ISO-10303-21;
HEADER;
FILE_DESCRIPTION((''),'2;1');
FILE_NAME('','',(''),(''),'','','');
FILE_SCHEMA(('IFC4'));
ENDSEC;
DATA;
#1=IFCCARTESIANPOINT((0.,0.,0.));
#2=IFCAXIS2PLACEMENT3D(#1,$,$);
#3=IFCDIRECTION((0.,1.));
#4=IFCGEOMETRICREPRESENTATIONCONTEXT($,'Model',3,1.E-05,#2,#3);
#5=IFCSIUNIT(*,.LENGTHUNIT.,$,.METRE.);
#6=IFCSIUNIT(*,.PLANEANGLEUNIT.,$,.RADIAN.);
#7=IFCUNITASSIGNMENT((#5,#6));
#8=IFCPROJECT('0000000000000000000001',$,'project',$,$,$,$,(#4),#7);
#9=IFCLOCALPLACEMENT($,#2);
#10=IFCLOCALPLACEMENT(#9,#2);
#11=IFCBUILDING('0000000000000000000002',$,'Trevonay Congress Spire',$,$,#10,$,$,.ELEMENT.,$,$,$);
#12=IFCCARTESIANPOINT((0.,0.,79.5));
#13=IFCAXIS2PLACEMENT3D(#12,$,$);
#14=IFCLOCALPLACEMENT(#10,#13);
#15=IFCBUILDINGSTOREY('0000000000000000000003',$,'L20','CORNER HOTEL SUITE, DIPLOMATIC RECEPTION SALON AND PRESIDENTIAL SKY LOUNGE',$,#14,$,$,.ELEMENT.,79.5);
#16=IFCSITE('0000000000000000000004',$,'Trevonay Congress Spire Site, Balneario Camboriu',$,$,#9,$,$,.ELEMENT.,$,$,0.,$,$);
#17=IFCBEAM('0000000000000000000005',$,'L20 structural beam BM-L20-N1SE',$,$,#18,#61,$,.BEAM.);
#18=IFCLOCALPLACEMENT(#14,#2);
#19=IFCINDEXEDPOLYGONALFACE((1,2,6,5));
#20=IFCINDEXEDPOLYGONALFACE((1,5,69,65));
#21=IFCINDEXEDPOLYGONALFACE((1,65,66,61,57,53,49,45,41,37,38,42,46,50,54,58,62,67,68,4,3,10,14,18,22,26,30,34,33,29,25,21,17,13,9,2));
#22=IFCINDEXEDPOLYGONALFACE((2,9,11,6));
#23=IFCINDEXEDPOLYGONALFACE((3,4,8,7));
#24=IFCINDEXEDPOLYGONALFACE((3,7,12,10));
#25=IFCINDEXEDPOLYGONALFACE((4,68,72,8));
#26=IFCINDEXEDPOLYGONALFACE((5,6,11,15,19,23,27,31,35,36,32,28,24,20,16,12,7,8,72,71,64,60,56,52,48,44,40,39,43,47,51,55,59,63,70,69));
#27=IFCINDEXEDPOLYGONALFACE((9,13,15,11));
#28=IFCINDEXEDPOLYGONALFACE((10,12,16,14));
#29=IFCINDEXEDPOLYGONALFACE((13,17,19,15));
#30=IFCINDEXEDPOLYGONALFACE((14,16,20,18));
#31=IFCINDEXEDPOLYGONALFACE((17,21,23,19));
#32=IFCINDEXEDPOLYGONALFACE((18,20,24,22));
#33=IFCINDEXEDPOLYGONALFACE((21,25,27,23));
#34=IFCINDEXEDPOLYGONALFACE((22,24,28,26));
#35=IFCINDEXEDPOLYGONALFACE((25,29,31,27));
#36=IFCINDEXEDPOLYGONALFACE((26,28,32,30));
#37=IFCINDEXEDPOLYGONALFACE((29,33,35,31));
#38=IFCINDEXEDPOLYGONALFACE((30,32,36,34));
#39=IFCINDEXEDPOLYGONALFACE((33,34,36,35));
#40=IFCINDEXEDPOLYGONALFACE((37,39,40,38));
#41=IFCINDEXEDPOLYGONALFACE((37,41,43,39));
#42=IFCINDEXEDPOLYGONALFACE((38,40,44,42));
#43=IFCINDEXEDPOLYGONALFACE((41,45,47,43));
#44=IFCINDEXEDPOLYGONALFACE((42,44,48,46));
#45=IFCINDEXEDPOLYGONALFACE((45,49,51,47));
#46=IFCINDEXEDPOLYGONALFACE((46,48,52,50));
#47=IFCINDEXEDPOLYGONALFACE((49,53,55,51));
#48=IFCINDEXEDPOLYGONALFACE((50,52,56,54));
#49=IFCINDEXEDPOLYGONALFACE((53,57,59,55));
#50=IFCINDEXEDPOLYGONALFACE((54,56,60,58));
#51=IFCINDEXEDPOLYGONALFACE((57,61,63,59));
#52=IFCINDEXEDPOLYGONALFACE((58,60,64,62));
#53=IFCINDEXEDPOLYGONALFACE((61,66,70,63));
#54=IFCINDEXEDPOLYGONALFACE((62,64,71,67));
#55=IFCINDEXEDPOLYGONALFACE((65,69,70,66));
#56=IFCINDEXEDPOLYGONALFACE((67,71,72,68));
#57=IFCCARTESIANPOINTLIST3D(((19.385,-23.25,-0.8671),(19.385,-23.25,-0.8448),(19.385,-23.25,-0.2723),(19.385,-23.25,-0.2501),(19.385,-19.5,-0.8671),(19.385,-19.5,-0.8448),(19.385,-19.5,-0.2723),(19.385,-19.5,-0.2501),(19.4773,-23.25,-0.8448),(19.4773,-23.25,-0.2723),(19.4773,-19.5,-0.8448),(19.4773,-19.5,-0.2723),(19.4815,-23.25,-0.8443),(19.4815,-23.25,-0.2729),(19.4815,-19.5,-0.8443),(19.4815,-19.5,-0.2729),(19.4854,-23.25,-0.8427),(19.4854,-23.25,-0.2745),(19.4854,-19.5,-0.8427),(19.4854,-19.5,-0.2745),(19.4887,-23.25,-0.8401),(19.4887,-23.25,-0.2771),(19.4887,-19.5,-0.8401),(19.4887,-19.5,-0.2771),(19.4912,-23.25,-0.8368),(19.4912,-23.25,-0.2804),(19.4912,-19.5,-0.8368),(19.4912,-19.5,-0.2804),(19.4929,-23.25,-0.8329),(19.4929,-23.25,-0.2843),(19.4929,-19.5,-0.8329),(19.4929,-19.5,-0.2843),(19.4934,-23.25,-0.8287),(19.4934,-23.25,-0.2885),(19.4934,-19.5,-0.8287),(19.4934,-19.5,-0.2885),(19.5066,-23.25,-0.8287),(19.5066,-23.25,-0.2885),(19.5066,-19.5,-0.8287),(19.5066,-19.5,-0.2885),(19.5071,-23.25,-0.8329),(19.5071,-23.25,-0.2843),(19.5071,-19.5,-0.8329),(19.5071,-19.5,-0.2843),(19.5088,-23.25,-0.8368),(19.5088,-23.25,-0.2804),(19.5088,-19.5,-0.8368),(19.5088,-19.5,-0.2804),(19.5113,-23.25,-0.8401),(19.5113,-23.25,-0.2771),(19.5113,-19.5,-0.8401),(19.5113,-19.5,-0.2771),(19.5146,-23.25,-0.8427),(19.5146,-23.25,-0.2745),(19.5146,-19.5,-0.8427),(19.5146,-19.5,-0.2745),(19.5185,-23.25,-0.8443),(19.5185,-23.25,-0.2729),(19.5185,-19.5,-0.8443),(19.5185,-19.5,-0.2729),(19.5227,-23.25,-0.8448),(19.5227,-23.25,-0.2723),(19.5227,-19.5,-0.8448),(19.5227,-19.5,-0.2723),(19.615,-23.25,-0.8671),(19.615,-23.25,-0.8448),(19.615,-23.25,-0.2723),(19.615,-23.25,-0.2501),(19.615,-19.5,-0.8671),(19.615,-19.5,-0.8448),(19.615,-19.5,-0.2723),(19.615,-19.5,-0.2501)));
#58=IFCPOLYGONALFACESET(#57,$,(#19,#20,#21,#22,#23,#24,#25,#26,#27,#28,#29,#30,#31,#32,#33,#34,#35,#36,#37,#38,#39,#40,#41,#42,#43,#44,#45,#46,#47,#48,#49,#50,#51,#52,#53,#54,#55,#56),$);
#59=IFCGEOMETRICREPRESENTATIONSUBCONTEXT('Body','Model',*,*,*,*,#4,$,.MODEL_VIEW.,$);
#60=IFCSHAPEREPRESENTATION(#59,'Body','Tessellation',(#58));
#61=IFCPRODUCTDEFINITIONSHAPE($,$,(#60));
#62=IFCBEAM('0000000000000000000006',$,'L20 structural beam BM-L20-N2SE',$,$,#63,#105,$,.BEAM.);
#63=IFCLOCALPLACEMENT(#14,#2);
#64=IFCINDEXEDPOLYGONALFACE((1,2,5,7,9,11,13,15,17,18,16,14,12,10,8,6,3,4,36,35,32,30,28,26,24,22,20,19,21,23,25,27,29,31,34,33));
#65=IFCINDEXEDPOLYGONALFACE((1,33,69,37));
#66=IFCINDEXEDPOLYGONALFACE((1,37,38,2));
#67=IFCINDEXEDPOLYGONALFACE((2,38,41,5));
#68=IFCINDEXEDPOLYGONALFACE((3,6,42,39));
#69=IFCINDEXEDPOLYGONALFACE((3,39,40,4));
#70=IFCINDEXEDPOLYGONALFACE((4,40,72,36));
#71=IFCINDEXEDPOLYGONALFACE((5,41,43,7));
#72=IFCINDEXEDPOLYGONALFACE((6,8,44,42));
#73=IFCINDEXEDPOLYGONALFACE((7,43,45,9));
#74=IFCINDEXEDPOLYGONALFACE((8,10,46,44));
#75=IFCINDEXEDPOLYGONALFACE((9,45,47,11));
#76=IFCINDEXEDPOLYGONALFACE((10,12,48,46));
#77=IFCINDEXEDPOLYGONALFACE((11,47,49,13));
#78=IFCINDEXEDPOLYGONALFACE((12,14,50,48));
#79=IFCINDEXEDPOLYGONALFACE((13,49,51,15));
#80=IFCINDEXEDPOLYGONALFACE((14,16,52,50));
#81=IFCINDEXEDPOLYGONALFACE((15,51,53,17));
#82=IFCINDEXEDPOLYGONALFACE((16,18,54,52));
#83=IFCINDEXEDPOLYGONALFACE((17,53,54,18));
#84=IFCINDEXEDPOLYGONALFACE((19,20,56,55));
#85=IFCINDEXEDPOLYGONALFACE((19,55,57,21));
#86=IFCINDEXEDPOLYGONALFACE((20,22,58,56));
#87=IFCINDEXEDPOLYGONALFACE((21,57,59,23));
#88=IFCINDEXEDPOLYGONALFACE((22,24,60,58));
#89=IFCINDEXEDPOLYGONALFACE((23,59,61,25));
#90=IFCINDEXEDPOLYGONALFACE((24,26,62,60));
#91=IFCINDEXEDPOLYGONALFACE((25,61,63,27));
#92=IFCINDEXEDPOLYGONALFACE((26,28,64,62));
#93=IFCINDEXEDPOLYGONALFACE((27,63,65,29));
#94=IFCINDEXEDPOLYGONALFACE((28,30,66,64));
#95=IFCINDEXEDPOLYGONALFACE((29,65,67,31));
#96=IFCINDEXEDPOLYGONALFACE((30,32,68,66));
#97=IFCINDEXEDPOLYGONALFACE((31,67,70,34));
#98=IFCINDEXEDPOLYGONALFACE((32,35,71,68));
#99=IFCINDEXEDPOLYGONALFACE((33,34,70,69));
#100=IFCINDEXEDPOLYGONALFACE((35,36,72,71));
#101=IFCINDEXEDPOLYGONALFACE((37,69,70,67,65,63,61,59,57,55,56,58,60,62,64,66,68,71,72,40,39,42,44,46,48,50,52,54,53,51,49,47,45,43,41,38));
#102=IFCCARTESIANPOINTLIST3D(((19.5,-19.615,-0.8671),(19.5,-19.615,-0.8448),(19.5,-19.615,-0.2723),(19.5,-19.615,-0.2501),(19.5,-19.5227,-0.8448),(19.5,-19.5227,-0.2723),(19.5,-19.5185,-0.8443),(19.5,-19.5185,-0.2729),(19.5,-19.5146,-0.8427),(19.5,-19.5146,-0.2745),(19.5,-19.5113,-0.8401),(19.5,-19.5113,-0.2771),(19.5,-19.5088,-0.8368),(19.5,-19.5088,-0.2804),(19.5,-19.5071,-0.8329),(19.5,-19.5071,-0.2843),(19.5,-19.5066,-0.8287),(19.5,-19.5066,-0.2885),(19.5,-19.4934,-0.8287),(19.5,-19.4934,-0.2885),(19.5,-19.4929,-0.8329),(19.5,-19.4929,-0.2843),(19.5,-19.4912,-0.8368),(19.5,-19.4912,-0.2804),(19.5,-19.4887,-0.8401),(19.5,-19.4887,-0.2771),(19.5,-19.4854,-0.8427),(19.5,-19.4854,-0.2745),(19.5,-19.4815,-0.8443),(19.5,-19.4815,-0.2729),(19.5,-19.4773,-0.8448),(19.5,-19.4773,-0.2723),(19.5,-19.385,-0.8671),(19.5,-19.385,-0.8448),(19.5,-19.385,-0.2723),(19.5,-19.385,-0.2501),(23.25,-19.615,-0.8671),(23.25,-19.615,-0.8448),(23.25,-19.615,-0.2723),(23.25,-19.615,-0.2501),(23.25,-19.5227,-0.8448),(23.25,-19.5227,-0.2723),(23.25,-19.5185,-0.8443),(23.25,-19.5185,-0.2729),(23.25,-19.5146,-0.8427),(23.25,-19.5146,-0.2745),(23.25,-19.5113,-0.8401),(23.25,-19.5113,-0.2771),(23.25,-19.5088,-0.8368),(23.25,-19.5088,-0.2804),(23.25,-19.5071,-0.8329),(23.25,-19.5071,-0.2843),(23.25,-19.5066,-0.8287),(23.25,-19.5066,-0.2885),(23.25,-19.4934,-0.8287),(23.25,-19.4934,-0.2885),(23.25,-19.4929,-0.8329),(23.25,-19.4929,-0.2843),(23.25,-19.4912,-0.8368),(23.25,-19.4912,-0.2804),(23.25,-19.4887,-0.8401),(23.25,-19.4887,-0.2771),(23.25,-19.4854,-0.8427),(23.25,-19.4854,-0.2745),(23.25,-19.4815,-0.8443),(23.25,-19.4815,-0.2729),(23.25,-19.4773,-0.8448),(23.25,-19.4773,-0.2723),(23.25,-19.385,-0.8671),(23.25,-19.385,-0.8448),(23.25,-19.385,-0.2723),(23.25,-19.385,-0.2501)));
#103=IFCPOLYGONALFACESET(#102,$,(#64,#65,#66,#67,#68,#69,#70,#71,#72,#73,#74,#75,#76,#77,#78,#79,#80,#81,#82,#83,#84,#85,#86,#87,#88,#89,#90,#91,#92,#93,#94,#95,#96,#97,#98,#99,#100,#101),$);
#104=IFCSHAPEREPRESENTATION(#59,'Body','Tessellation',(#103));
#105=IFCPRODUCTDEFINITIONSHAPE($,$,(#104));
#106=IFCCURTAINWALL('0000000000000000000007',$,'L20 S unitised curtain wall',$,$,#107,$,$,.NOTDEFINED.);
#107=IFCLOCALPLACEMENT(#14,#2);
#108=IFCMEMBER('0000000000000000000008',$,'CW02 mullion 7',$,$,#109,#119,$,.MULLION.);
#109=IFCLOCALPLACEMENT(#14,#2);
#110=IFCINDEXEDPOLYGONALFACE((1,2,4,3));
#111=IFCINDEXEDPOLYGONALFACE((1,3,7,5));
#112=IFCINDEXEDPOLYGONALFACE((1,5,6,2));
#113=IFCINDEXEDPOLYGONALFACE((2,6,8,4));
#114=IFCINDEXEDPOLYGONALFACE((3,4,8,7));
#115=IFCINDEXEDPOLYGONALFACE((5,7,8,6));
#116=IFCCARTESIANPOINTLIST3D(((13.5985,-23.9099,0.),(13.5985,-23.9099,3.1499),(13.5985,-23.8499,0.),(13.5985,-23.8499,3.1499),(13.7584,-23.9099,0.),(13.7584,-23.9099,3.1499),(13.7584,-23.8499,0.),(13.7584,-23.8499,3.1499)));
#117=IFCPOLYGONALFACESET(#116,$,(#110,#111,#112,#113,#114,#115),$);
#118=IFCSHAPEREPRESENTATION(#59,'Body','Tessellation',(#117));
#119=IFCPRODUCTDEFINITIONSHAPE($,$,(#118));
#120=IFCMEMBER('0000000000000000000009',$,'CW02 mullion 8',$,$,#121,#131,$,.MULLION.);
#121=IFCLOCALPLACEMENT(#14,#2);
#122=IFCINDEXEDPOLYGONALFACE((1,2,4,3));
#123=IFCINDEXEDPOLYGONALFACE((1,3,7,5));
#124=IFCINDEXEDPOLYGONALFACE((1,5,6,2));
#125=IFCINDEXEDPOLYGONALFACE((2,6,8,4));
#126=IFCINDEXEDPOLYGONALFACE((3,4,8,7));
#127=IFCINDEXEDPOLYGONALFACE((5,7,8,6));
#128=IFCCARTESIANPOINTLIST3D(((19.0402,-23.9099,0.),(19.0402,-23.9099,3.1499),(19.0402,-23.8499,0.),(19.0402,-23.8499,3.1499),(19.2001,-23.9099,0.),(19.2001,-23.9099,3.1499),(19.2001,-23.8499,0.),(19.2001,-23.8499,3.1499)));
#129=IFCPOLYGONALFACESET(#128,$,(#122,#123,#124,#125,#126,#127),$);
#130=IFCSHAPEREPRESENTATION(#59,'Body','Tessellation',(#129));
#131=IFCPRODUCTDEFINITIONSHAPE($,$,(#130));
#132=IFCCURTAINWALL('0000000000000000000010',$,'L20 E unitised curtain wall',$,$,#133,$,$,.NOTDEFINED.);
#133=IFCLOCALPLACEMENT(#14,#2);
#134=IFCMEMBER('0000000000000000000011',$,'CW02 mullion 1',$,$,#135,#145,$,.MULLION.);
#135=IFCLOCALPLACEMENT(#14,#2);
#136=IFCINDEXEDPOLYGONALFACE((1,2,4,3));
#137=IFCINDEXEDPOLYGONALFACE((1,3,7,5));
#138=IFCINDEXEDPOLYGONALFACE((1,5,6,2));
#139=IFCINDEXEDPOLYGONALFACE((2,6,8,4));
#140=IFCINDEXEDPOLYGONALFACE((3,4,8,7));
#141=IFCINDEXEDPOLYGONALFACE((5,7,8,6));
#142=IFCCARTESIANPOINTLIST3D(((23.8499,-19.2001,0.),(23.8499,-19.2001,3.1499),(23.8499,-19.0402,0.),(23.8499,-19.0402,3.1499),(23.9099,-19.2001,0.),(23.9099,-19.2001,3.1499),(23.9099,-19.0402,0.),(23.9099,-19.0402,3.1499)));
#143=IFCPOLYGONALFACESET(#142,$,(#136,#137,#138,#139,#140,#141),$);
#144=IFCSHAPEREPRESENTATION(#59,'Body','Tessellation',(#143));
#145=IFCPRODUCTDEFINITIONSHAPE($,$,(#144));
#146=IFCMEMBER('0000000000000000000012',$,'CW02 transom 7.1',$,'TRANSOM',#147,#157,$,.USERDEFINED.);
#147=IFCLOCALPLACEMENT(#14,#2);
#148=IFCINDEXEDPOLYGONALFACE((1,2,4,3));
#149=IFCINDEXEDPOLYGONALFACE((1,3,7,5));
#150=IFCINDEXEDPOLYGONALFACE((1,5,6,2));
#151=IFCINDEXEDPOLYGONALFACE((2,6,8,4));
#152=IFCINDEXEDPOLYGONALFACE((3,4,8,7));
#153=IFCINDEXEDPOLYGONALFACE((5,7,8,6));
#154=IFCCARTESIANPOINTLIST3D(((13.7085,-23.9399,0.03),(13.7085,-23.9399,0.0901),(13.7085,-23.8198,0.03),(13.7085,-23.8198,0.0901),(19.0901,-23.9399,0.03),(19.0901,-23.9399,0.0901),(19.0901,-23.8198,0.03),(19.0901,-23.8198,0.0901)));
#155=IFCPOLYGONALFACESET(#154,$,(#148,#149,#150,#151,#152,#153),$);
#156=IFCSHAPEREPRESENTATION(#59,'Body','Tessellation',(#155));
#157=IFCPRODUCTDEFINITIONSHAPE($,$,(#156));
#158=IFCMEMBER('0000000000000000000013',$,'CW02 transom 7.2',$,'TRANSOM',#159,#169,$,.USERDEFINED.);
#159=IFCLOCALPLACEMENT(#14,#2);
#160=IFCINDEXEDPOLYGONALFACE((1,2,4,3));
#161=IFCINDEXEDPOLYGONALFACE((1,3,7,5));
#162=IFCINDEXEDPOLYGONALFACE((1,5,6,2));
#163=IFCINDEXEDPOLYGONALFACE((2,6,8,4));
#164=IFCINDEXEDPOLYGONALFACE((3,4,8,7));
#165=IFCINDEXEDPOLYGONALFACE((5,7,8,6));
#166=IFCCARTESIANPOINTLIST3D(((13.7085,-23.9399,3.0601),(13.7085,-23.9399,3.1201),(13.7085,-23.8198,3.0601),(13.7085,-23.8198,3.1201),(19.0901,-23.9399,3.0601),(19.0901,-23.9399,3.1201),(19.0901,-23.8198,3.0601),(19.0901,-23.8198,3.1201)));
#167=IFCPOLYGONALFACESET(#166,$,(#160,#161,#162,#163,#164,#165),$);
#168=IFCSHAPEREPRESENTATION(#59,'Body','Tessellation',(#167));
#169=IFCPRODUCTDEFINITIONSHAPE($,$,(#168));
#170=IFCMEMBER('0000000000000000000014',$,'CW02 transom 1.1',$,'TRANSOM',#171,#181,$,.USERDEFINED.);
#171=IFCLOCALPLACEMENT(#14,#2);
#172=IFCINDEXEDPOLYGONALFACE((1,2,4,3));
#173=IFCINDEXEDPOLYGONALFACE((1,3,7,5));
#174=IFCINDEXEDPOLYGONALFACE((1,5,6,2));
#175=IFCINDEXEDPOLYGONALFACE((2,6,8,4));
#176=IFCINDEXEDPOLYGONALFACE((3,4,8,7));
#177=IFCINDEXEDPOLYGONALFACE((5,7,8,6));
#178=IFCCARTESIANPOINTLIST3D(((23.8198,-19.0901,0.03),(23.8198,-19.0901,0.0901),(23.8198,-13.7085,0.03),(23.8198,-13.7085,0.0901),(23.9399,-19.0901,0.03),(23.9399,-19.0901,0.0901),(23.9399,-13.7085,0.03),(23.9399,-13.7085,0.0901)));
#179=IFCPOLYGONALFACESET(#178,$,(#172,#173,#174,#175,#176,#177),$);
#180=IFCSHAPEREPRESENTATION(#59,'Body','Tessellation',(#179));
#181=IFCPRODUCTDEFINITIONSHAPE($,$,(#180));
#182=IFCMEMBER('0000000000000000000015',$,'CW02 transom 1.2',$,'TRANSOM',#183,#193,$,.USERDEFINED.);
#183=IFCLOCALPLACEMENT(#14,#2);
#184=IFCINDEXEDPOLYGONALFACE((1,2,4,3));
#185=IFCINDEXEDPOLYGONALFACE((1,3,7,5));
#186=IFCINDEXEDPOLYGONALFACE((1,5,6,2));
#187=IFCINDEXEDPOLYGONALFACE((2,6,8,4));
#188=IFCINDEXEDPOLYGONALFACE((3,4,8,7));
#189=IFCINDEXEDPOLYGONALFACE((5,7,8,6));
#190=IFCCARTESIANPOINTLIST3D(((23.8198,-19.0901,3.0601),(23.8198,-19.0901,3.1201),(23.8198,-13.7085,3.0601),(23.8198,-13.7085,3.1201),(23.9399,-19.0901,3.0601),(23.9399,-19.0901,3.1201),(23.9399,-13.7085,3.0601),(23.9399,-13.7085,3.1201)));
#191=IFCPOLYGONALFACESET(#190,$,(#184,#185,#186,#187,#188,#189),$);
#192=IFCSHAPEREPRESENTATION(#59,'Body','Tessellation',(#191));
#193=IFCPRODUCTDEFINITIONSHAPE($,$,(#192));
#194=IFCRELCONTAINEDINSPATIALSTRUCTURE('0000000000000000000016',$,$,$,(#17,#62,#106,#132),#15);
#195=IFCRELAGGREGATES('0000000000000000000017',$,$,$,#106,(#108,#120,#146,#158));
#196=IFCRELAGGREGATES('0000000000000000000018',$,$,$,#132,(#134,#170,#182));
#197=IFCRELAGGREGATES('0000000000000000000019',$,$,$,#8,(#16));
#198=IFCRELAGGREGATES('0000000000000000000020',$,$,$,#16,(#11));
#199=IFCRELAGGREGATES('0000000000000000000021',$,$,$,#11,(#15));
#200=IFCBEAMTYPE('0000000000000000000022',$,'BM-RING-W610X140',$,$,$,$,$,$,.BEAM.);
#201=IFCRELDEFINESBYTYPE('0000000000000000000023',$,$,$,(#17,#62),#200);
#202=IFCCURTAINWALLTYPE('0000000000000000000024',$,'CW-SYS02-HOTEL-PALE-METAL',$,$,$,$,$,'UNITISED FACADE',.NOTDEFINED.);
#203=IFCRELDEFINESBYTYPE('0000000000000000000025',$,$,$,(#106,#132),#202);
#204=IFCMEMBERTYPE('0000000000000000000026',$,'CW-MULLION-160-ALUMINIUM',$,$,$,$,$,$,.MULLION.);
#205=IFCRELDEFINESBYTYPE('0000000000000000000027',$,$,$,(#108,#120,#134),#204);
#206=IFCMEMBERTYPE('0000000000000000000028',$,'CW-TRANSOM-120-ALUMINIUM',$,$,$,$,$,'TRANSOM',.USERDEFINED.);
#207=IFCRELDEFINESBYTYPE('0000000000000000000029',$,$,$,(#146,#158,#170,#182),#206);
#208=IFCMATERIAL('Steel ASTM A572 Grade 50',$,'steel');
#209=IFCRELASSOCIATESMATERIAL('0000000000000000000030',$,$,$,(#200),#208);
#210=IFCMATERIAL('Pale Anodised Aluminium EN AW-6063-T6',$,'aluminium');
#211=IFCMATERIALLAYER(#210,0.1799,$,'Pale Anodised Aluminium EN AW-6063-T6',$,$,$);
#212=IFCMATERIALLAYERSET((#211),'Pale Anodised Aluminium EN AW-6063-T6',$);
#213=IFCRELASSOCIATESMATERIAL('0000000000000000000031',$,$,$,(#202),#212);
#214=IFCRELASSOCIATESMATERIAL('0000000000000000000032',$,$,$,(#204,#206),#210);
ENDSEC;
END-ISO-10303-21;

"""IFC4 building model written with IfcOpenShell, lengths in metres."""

from ifc_helpers import new_model, si_unit, direction, frame, origin, origin_2d, place, context, subcontext, project, spatial, rectangle, i_section, extrude, material, layer, layer_set, material_profile, profile_set, type_object, element, aggregate, save


model = new_model("IFC4")

# Units and contexts
model_context = context("Model", 3, precision=1e-05, world=origin(), true_north=direction((0.0, 1.0)))
body_context = subcontext(model_context, "Body", "Model", "MODEL_VIEW")
ifc_project = project(units=[si_unit("LENGTHUNIT", "METRE"), si_unit("PLANEANGLEUNIT", "RADIAN")], contexts=[model_context])

# Site, building, storey
site_placement = place(None, origin())
site = spatial("IfcSite", under=ifc_project, at=site_placement, Name="Trevonay Congress Spire Site, Balneario Camboriu", CompositionType="ELEMENT", RefElevation=0.0)
building_placement = place(site_placement, origin())
building = spatial("IfcBuilding", under=site, at=building_placement, Name="Trevonay Congress Spire", CompositionType="ELEMENT")
storey_placement = place(building_placement, frame((0.0, 0.0, 79.5)))
storey = spatial("IfcBuildingStorey", under=building, at=storey_placement, Name="L20", Description="CORNER HOTEL SUITE, DIPLOMATIC RECEPTION SALON AND PRESIDENTIAL SKY LOUNGE", CompositionType="ELEMENT", Elevation=79.5)

# Shared definitions
ifc_material_1 = material(Name="Steel ASTM A572 Grade 50", Category="steel")

# Beams
ifc_material_profile_1 = material_profile(ifc_material_1, i_section(OverallWidth=0.23, OverallDepth=0.6169, WebThickness=0.0132, FlangeThickness=0.0222, FilletRadius=0.0161, at=origin_2d()), Name="W610x140")
ifc_profile_set_1 = profile_set([ifc_material_profile_1], Name="Steel ASTM A572 Grade 50")
beam_type_1 = type_object("IfcBeamType", Name="BM-RING-W610X140", PredefinedType="BEAM", material=ifc_profile_set_1)
for number, where, z_axis, x_axis, name in (
    (1, (19.5, -23.25, -0.5586), (0.0, 1.0, 0.0), (-1.0, 0.0, 0.0), "L20 structural beam BM-L20-N1SE"),
    (2, (23.25, -19.5, -0.5586), (-1.0, 0.0, 0.0), (0.0, -1.0, 0.0), "L20 structural beam BM-L20-N2SE"),
):
    element("IfcBeam", number, at=place(storey_placement, frame(where, z_axis=z_axis, x_axis=x_axis)), inside=storey, type_object=beam_type_1, Name=name, PredefinedType="BEAM", context=body_context, shape_type="SweptSolid", body=[
        extrude(i_section(OverallWidth=0.23, OverallDepth=0.6169, WebThickness=0.0132, FlangeThickness=0.0222, FilletRadius=0.0161, at=origin_2d()), origin(), (0.0, 0.0, 1.0), 3.75),
    ])

# Curtain wall, members
ifc_material_2 = material(Name="Pale Anodised Aluminium EN AW-6063-T6", Category="aluminium")
ifc_layer_1 = layer(ifc_material_2, 0.1799, Name="Pale Anodised Aluminium EN AW-6063-T6")
ifc_layer_set_1 = layer_set([ifc_layer_1], Name="Pale Anodised Aluminium EN AW-6063-T6")
curtain_wall_type = type_object("IfcCurtainWallType", Name="CW-SYS02-HOTEL-PALE-METAL", ElementType="UNITISED FACADE", PredefinedType="NOTDEFINED", material=ifc_layer_set_1)
curtain_wall_1_placement = place(storey_placement, origin())
curtain_wall_1 = element("IfcCurtainWall", 3, at=curtain_wall_1_placement, inside=storey, type_object=curtain_wall_type, Name="L20 S unitised curtain wall", PredefinedType="NOTDEFINED")
ifc_material_profile_2 = material_profile(ifc_material_2, rectangle(XDim=0.0601, YDim=0.1599, at=origin_2d()), Name="CW-MULLION-160-ALUMINIUM")
ifc_profile_set_2 = profile_set([ifc_material_profile_2], Name="Pale Anodised Aluminium EN AW-6063-T6")
member_type_1 = type_object("IfcMemberType", Name="CW-MULLION-160-ALUMINIUM", PredefinedType="MULLION", material=ifc_profile_set_2)
member_1_placement = place(storey_placement, frame((13.6785, -23.8799, 0.0), z_axis=(0.0, 0.0, 1.0), x_axis=(0.0, 1.0, 0.0)))
member_1 = element("IfcMember", 4, at=member_1_placement, type_object=member_type_1, Name="CW02 mullion 7", PredefinedType="MULLION", context=body_context, shape_type="SweptSolid", body=[
    extrude(rectangle(XDim=0.0601, YDim=0.1599, at=origin_2d()), origin(), (0.0, 0.0, 1.0), 3.1499),
])
member_2_placement = place(storey_placement, frame((19.1201, -23.8799, 0.0), z_axis=(0.0, 0.0, 1.0), x_axis=(0.0, 1.0, 0.0)))
member_2 = element("IfcMember", 5, at=member_2_placement, type_object=member_type_1, Name="CW02 mullion 8", PredefinedType="MULLION", context=body_context, shape_type="SweptSolid", body=[
    extrude(rectangle(XDim=0.0601, YDim=0.1599, at=origin_2d()), origin(), (0.0, 0.0, 1.0), 3.1499),
])

# Curtain wall, member
curtain_wall_2_placement = place(storey_placement, origin())
curtain_wall_2 = element("IfcCurtainWall", 6, at=curtain_wall_2_placement, inside=storey, type_object=curtain_wall_type, Name="L20 E unitised curtain wall", PredefinedType="NOTDEFINED")
member_3_placement = place(storey_placement, frame((23.8799, -19.1201, 0.0), z_axis=(0.0, 0.0, 1.0), x_axis=(-1.0, 0.0, 0.0)))
member_3 = element("IfcMember", 7, at=member_3_placement, type_object=member_type_1, Name="CW02 mullion 1", PredefinedType="MULLION", context=body_context, shape_type="SweptSolid", body=[
    extrude(rectangle(XDim=0.0601, YDim=0.1599, at=origin_2d()), origin(), (0.0, 0.0, 1.0), 3.1499),
])

# Members
ifc_material_profile_3 = material_profile(ifc_material_2, rectangle(XDim=0.1201, YDim=0.0601, at=origin_2d()), Name="CW-TRANSOM-120-ALUMINIUM")
ifc_profile_set_3 = profile_set([ifc_material_profile_3], Name="Pale Anodised Aluminium EN AW-6063-T6")
member_type_2 = type_object("IfcMemberType", Name="CW-TRANSOM-120-ALUMINIUM", ElementType="TRANSOM", PredefinedType="USERDEFINED", material=ifc_profile_set_3)
member_4_placement = place(storey_placement, frame((13.7085, -23.8799, 0.0601), z_axis=(1.0, 0.0, 0.0), x_axis=(0.0, 1.0, 0.0)))
member_4 = element("IfcMember", 8, at=member_4_placement, type_object=member_type_2, Name="CW02 transom 7.1", ObjectType="TRANSOM", PredefinedType="USERDEFINED", context=body_context, shape_type="SweptSolid", body=[
    extrude(rectangle(XDim=0.1201, YDim=0.0601, at=origin_2d()), origin(), (0.0, 0.0, 1.0), 5.3816),
])
member_5_placement = place(storey_placement, frame((13.7085, -23.8799, 3.0901), z_axis=(1.0, 0.0, 0.0), x_axis=(0.0, 1.0, 0.0)))
member_5 = element("IfcMember", 9, at=member_5_placement, type_object=member_type_2, Name="CW02 transom 7.2", ObjectType="TRANSOM", PredefinedType="USERDEFINED", context=body_context, shape_type="SweptSolid", body=[
    extrude(rectangle(XDim=0.1201, YDim=0.0601, at=origin_2d()), origin(), (0.0, 0.0, 1.0), 5.3816),
])
member_6_placement = place(storey_placement, frame((23.8799, -19.0901, 0.0601), z_axis=(0.0, 1.0, 0.0), x_axis=(-1.0, 0.0, 0.0)))
member_6 = element("IfcMember", 10, at=member_6_placement, type_object=member_type_2, Name="CW02 transom 1.1", ObjectType="TRANSOM", PredefinedType="USERDEFINED", context=body_context, shape_type="SweptSolid", body=[
    extrude(rectangle(XDim=0.1201, YDim=0.0601, at=origin_2d()), origin(), (0.0, 0.0, 1.0), 5.3816),
])
member_7_placement = place(storey_placement, frame((23.8799, -19.0901, 3.0901), z_axis=(0.0, 1.0, 0.0), x_axis=(-1.0, 0.0, 0.0)))
member_7 = element("IfcMember", 11, at=member_7_placement, type_object=member_type_2, Name="CW02 transom 1.2", ObjectType="TRANSOM", PredefinedType="USERDEFINED", context=body_context, shape_type="SweptSolid", body=[
    extrude(rectangle(XDim=0.1201, YDim=0.0601, at=origin_2d()), origin(), (0.0, 0.0, 1.0), 5.3816),
])

aggregate(curtain_wall_1, [member_1, member_2, member_4, member_5])
aggregate(curtain_wall_2, [member_3, member_6, member_7])

save(model, "model.ifc")
